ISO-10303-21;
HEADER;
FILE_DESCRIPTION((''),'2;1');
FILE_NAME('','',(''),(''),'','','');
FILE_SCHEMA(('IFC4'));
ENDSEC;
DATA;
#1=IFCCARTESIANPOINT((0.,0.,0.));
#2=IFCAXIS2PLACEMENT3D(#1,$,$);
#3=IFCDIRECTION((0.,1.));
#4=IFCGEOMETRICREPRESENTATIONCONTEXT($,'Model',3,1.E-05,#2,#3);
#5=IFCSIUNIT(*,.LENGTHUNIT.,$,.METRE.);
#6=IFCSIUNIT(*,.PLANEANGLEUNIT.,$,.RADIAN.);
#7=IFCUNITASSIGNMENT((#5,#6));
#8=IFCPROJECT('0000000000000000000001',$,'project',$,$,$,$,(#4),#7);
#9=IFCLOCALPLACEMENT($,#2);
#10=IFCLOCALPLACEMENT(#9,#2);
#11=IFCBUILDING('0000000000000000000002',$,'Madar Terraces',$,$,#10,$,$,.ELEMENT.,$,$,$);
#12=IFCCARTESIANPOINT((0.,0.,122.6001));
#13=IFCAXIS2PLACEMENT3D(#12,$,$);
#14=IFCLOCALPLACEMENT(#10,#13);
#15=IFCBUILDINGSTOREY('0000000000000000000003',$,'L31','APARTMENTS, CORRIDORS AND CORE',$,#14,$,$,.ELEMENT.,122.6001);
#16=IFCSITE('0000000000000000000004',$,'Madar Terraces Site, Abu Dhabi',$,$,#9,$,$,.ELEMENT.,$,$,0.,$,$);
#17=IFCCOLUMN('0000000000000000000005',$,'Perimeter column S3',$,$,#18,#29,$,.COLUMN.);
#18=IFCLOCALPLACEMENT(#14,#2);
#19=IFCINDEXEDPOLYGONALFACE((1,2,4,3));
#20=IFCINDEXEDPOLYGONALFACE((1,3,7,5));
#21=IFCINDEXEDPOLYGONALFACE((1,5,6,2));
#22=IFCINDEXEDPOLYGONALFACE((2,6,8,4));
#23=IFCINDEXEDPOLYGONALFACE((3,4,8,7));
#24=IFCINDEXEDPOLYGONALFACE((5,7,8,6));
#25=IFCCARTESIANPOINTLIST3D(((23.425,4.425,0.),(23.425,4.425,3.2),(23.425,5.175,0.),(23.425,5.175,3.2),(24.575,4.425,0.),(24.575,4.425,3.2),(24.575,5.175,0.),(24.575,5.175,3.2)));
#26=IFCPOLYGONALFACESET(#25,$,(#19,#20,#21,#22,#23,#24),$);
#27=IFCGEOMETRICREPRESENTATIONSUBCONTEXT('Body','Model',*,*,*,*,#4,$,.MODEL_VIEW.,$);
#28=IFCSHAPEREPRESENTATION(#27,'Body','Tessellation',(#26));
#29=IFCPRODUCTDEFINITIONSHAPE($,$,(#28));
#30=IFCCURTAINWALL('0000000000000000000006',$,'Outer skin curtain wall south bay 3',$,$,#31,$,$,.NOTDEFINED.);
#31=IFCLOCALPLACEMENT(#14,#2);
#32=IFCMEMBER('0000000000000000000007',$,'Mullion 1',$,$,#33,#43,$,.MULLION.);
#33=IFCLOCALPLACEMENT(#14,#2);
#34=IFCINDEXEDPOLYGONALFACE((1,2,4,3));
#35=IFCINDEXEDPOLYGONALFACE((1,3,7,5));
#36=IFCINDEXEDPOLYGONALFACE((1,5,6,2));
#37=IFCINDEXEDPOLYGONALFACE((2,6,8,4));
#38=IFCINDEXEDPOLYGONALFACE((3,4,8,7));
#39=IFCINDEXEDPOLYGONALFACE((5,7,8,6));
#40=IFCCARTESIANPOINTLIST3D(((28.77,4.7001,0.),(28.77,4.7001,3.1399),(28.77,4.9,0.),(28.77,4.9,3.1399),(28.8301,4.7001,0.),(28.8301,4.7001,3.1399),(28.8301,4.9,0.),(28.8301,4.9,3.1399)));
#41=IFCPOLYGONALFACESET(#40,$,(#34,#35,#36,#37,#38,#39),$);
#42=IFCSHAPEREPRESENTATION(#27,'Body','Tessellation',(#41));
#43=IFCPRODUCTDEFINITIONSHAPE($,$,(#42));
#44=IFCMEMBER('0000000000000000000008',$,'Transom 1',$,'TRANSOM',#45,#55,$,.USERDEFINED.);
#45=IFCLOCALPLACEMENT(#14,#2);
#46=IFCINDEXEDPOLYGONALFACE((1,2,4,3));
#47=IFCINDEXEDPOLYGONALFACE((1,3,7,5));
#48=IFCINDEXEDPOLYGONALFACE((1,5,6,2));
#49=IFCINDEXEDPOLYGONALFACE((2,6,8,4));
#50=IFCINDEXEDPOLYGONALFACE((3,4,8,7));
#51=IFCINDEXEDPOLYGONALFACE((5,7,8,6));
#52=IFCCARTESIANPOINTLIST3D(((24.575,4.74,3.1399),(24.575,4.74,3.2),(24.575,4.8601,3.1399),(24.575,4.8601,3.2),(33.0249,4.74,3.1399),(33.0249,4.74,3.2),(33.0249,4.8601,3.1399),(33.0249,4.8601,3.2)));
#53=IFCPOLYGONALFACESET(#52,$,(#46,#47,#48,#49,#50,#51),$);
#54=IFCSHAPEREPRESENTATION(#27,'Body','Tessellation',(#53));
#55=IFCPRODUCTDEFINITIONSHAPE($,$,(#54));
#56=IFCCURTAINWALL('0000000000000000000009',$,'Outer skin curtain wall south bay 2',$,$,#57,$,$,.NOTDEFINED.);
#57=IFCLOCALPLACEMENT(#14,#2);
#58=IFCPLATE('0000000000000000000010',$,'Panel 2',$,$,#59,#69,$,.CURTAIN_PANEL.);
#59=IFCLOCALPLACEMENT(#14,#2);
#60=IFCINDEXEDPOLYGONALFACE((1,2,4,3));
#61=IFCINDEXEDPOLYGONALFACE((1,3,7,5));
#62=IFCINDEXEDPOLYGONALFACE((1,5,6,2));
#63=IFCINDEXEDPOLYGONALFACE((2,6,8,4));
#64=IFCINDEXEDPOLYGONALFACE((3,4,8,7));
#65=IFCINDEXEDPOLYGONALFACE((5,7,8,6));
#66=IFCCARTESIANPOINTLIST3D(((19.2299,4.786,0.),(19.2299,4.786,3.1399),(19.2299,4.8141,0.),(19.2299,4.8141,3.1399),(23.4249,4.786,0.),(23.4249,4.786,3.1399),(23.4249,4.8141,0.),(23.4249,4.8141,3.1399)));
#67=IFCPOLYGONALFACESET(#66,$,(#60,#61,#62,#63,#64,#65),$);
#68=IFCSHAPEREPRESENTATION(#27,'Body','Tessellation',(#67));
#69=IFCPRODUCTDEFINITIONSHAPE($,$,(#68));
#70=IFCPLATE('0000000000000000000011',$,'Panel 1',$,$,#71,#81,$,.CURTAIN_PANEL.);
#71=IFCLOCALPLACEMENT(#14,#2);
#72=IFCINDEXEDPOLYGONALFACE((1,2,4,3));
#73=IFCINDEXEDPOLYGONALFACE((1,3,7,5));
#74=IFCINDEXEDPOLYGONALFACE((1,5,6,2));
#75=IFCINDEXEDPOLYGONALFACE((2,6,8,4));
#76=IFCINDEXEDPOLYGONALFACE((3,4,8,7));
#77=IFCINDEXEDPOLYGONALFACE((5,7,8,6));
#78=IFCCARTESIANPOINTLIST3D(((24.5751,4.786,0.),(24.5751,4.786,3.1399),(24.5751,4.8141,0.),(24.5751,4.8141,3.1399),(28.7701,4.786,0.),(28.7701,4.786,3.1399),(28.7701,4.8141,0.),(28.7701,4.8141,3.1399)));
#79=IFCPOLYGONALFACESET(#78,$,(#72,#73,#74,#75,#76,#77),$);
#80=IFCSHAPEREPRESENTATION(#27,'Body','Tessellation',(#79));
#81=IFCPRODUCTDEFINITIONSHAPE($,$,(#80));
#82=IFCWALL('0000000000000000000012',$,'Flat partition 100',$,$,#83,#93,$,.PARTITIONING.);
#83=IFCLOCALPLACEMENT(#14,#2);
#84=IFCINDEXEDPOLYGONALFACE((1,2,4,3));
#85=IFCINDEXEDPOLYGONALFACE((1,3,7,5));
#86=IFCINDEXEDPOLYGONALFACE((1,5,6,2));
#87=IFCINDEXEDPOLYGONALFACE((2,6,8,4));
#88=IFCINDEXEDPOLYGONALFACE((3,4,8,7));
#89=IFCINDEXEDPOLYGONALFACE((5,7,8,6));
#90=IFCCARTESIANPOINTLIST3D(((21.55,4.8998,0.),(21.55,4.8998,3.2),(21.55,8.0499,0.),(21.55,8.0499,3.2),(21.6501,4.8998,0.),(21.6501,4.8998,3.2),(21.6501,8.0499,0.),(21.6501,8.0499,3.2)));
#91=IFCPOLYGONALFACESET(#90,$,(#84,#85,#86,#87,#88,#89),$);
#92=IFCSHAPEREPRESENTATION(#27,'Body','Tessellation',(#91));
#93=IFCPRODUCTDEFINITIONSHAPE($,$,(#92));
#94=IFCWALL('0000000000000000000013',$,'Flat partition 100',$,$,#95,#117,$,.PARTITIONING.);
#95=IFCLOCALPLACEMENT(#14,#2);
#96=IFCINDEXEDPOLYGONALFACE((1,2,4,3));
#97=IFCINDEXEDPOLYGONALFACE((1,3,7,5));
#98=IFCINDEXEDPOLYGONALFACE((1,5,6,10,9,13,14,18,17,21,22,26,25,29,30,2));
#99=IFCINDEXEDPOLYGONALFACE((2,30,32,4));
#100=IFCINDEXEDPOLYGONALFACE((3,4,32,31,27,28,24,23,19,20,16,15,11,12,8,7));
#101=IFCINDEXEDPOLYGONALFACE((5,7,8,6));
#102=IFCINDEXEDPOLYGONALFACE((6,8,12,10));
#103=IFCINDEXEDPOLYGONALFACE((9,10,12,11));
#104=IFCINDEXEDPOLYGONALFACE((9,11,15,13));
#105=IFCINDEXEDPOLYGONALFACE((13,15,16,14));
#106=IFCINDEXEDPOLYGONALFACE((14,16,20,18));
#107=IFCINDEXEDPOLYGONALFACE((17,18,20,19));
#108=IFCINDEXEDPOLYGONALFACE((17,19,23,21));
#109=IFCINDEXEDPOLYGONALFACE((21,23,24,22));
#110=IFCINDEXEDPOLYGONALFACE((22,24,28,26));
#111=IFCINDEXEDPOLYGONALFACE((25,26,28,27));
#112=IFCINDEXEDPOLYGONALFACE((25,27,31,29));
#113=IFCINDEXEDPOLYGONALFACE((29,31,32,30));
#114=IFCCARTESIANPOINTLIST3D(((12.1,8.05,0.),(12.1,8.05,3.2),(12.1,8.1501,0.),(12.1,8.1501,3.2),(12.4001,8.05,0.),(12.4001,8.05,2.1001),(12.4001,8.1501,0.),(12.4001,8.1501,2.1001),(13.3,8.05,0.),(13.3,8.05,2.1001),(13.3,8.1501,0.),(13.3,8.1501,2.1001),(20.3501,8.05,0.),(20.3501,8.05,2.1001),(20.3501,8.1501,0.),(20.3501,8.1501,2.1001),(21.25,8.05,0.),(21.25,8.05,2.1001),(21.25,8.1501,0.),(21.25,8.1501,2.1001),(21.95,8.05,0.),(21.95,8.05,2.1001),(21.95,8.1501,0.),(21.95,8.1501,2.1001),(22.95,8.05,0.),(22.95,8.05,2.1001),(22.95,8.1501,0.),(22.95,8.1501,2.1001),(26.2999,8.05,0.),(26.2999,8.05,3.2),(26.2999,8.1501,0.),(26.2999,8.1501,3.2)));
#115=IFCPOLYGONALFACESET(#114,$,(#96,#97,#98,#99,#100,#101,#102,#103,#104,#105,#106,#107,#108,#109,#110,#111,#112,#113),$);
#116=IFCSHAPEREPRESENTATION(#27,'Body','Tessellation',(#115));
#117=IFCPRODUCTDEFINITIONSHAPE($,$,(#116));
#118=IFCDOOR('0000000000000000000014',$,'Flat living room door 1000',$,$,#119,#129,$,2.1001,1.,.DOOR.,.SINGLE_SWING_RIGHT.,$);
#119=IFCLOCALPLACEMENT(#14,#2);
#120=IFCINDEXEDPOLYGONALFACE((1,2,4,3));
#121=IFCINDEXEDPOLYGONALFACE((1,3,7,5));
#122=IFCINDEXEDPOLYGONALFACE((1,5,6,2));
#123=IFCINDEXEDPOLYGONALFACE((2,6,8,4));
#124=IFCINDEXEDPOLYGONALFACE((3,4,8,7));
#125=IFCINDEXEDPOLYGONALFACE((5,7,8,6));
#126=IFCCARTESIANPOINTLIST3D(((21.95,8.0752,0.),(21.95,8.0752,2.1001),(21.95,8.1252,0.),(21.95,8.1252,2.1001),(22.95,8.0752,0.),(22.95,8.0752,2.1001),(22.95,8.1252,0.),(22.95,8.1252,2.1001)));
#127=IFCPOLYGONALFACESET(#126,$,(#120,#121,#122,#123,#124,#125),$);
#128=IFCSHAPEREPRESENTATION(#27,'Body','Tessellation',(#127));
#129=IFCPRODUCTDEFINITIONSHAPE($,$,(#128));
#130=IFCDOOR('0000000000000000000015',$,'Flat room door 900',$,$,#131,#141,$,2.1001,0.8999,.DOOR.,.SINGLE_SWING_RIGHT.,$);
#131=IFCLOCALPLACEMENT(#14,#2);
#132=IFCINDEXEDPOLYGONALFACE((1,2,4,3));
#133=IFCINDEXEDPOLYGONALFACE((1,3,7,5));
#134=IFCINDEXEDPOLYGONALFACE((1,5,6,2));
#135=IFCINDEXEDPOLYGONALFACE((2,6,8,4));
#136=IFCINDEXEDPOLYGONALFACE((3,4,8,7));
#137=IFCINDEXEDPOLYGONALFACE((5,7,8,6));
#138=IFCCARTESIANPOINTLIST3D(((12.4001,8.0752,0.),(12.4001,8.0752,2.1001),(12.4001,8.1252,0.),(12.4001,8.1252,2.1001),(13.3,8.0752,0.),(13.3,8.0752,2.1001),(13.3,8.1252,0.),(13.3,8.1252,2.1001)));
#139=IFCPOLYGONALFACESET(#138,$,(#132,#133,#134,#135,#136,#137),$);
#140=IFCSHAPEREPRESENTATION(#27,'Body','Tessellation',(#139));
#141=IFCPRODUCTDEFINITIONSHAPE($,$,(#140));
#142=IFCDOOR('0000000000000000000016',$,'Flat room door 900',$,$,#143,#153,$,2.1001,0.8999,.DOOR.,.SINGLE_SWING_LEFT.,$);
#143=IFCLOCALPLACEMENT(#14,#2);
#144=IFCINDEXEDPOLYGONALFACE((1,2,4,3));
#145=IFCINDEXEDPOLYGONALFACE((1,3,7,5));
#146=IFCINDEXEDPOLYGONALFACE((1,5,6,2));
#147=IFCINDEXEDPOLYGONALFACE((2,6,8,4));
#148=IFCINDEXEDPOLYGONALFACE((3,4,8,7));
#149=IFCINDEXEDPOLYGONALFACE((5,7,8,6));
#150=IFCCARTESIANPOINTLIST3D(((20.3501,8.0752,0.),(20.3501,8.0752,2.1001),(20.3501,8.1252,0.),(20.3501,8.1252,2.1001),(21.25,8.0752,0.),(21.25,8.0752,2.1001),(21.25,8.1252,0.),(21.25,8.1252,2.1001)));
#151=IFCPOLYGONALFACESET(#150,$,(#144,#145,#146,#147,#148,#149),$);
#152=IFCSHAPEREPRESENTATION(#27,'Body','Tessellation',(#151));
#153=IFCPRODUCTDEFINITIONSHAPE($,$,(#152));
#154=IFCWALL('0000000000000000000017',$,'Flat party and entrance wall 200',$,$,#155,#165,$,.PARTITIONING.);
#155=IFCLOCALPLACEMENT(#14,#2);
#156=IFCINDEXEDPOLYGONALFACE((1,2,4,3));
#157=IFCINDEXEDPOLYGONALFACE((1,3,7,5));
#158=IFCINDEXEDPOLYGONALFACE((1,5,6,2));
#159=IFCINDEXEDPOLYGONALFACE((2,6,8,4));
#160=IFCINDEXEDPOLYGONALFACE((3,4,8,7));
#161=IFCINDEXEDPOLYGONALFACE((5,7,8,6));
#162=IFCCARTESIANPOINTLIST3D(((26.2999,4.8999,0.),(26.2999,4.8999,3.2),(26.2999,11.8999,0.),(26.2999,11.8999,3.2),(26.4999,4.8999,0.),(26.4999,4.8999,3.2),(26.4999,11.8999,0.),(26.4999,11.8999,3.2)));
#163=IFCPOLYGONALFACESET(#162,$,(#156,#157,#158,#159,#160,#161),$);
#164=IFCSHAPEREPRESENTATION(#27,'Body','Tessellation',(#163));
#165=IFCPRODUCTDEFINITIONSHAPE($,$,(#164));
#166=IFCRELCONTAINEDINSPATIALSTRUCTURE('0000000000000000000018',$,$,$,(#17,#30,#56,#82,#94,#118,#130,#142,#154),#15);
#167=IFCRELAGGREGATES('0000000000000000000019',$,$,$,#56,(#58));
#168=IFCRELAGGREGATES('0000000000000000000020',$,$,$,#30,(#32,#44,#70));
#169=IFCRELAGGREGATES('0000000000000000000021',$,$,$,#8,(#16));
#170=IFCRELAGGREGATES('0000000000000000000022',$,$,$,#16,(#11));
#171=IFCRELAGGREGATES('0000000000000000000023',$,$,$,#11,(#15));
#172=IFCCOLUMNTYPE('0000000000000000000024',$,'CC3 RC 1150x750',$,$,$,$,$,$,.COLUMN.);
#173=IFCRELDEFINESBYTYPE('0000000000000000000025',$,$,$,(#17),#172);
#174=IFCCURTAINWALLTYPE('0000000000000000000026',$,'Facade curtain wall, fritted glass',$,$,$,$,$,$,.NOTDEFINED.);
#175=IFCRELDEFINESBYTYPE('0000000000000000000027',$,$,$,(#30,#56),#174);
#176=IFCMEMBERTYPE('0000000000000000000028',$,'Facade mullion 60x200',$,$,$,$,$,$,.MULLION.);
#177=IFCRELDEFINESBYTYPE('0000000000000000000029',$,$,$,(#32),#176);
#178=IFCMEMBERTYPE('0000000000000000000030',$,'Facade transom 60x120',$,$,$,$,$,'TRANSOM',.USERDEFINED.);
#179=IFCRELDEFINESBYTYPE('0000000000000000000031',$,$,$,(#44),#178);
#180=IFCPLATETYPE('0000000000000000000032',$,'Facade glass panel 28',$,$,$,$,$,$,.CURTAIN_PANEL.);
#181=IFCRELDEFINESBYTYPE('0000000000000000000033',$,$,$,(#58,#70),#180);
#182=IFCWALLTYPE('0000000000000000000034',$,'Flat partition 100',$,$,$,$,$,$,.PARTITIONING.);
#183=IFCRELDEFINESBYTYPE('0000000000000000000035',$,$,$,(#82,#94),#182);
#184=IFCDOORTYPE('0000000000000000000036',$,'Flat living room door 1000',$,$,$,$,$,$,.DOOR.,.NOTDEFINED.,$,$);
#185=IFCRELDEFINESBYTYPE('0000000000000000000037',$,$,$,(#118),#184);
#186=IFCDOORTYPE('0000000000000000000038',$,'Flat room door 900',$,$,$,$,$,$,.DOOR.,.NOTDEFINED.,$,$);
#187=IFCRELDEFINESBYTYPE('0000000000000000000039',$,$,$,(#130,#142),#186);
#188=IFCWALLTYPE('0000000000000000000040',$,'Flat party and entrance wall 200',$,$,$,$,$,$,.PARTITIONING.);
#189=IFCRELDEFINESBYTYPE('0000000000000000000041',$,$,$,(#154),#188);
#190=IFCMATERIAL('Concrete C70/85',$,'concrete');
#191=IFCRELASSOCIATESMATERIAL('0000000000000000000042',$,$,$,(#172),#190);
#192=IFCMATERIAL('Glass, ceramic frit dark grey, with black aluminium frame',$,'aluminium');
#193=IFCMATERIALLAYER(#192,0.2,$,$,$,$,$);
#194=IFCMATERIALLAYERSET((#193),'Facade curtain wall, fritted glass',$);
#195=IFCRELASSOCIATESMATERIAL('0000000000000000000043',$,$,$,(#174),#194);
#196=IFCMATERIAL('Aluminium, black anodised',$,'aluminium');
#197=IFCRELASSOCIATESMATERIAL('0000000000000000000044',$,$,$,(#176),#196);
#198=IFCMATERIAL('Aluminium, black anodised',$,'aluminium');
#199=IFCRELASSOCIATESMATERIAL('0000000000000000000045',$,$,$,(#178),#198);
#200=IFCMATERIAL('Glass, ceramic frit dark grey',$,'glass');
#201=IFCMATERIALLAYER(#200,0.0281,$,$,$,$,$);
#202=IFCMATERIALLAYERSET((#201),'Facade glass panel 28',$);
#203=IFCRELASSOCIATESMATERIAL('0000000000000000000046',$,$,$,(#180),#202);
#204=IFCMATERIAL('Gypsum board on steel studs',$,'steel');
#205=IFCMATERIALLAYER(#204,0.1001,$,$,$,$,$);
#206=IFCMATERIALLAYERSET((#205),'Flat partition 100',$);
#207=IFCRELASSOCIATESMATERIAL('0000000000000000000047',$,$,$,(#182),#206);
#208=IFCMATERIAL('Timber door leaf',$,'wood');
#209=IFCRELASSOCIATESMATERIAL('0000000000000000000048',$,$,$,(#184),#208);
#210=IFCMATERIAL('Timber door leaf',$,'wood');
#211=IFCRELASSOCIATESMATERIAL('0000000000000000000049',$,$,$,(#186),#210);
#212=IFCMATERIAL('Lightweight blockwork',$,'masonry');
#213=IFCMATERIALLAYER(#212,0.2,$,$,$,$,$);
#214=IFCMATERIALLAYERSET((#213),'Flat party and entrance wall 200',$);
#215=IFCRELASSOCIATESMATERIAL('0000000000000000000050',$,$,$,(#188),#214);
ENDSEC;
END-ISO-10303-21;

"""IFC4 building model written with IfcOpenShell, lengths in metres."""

from ifc_helpers import new_model, si_unit, direction, frame, frame_2d, origin, origin_2d, place, context, subcontext, project, spatial, rectangle, extrude, material, layer, layer_set, material_profile, profile_set, type_object, element, fill, aggregate, save


model = new_model("IFC4")

# Units and contexts
model_context = context("Model", 3, precision=1e-05, world=origin(), true_north=direction((0.0, 1.0)))
body_context = subcontext(model_context, "Body", "Model", "MODEL_VIEW")
ifc_project = project(units=[si_unit("LENGTHUNIT", "METRE"), si_unit("PLANEANGLEUNIT", "RADIAN")], contexts=[model_context])

# Site, building, storey
site_placement = place(None, origin())
site = spatial("IfcSite", under=ifc_project, at=site_placement, Name="Madar Terraces Site, Abu Dhabi", CompositionType="ELEMENT", RefElevation=0.0)
building_placement = place(site_placement, origin())
building = spatial("IfcBuilding", under=site, at=building_placement, Name="Madar Terraces", CompositionType="ELEMENT")
storey_placement = place(building_placement, frame((0.0, 0.0, 122.6001)))
storey = spatial("IfcBuildingStorey", under=building, at=storey_placement, Name="L31", Description="APARTMENTS, CORRIDORS AND CORE", CompositionType="ELEMENT", Elevation=122.6001)

# Column
ifc_material_1 = material(Name="Concrete C70/85", Category="concrete")
ifc_material_profile_1 = material_profile(ifc_material_1, rectangle(XDim=1.1499, YDim=0.75, at=origin_2d()), Name="CC3 RC 1150x750")
ifc_profile_set_1 = profile_set([ifc_material_profile_1], Name="Concrete C70/85")
column_type = type_object("IfcColumnType", Name="CC3 RC 1150x750", PredefinedType="COLUMN", material=ifc_profile_set_1)
column_placement = place(storey_placement, frame((24.0, 4.8, 0.0), z_axis=(0.0, 0.0, 1.0), x_axis=(1.0, 0.0, 0.0)))
element("IfcColumn", 1, at=column_placement, inside=storey, type_object=column_type, Name="Perimeter column S3", PredefinedType="COLUMN", context=body_context, shape_type="SweptSolid", body=[
    extrude(rectangle(XDim=1.1499, YDim=0.75, at=origin_2d()), origin(), (0.0, 0.0, 1.0), 3.2),
])

# Curtain wall, members
ifc_material_2 = material(Name="Glass, ceramic frit dark grey, with black aluminium frame", Category="aluminium")
ifc_layer_1 = layer(ifc_material_2, 0.2)
ifc_layer_set_1 = layer_set([ifc_layer_1], Name="Facade curtain wall, fritted glass")
curtain_wall_type = type_object("IfcCurtainWallType", Name="Facade curtain wall, fritted glass", PredefinedType="NOTDEFINED", material=ifc_layer_set_1)
curtain_wall_1_placement = place(storey_placement, origin())
curtain_wall_1 = element("IfcCurtainWall", 2, at=curtain_wall_1_placement, inside=storey, type_object=curtain_wall_type, Name="Outer skin curtain wall south bay 3", PredefinedType="NOTDEFINED")
ifc_material_3 = material(Name="Aluminium, black anodised", Category="aluminium")
ifc_material_profile_2 = material_profile(ifc_material_3, rectangle(XDim=0.2, YDim=0.0601, at=origin_2d()), Name="Facade mullion 60x200")
ifc_profile_set_2 = profile_set([ifc_material_profile_2], Name="Aluminium, black anodised")
member_type_1 = type_object("IfcMemberType", Name="Facade mullion 60x200", PredefinedType="MULLION", material=ifc_profile_set_2)
member_1_placement = place(storey_placement, frame((28.8, 4.8, 0.0), z_axis=(0.0, 0.0, 1.0), x_axis=(0.0, 1.0, 0.0)))
member_1 = element("IfcMember", 3, at=member_1_placement, type_object=member_type_1, Name="Mullion 1", PredefinedType="MULLION", context=body_context, shape_type="SweptSolid", body=[
    extrude(rectangle(XDim=0.2, YDim=0.0601, at=origin_2d()), origin(), (0.0, 0.0, 1.0), 3.1399),
])
ifc_material_4 = material(Name="Aluminium, black anodised", Category="aluminium")
ifc_material_profile_3 = material_profile(ifc_material_4, rectangle(XDim=0.1201, YDim=0.0601, at=origin_2d()), Name="Facade transom 60x120")
ifc_profile_set_3 = profile_set([ifc_material_profile_3], Name="Aluminium, black anodised")
member_type_2 = type_object("IfcMemberType", Name="Facade transom 60x120", ElementType="TRANSOM", PredefinedType="USERDEFINED", material=ifc_profile_set_3)
member_2_placement = place(storey_placement, frame((24.575, 4.8, 3.1699), z_axis=(1.0, 0.0, 0.0), x_axis=(0.0, 1.0, 0.0)))
member_2 = element("IfcMember", 4, at=member_2_placement, type_object=member_type_2, Name="Transom 1", ObjectType="TRANSOM", PredefinedType="USERDEFINED", context=body_context, shape_type="SweptSolid", body=[
    extrude(rectangle(XDim=0.1201, YDim=0.0601, at=origin_2d()), origin(), (0.0, 0.0, 1.0), 8.45),
])

# Curtain wall, plate
curtain_wall_2_placement = place(storey_placement, origin())
curtain_wall_2 = element("IfcCurtainWall", 5, at=curtain_wall_2_placement, inside=storey, type_object=curtain_wall_type, Name="Outer skin curtain wall south bay 2", PredefinedType="NOTDEFINED")
ifc_material_5 = material(Name="Glass, ceramic frit dark grey", Category="glass")
ifc_layer_2 = layer(ifc_material_5, 0.0281)
ifc_layer_set_2 = layer_set([ifc_layer_2], Name="Facade glass panel 28")
plate_type = type_object("IfcPlateType", Name="Facade glass panel 28", PredefinedType="CURTAIN_PANEL", material=ifc_layer_set_2)
plate_1_placement = place(storey_placement, frame((21.3274, 4.8, 0.0), z_axis=(0.0, 0.0, 1.0), x_axis=(1.0, 0.0, 0.0)))
plate_1 = element("IfcPlate", 6, at=plate_1_placement, type_object=plate_type, Name="Panel 2", PredefinedType="CURTAIN_PANEL", context=body_context, shape_type="SweptSolid", body=[
    extrude(rectangle(XDim=4.1951, YDim=0.0281, at=origin_2d()), origin(), (0.0, 0.0, 1.0), 3.1399),
])
aggregate(curtain_wall_2, [plate_1])

# Plate
plate_2_placement = place(storey_placement, frame((26.6726, 4.8, 0.0), z_axis=(0.0, 0.0, 1.0), x_axis=(1.0, 0.0, 0.0)))
plate_2 = element("IfcPlate", 7, at=plate_2_placement, type_object=plate_type, Name="Panel 1", PredefinedType="CURTAIN_PANEL", context=body_context, shape_type="SweptSolid", body=[
    extrude(rectangle(XDim=4.1951, YDim=0.0281, at=origin_2d()), origin(), (0.0, 0.0, 1.0), 3.1399),
])
aggregate(curtain_wall_1, [member_1, member_2, plate_2])

# Wall
ifc_material_6 = material(Name="Gypsum board on steel studs", Category="steel")
ifc_layer_3 = layer(ifc_material_6, 0.1001)
ifc_layer_set_3 = layer_set([ifc_layer_3], Name="Flat partition 100")
wall_type_1 = type_object("IfcWallType", Name="Flat partition 100", PredefinedType="PARTITIONING", material=ifc_layer_set_3)
wall_1_placement = place(storey_placement, frame((21.6001, 8.05, 0.0), z_axis=(0.0, 0.0, 1.0), x_axis=(0.0, -1.0, 0.0)))
element("IfcWall", 8, at=wall_1_placement, inside=storey, type_object=wall_type_1, Name="Flat partition 100", PredefinedType="PARTITIONING", context=body_context, shape_type="SweptSolid", body=[
    extrude(rectangle(XDim=3.1501, YDim=0.1001, at=frame_2d((1.5752, 0.0))), origin(), (0.0, 0.0, 1.0), 3.2),
])

# Wall, openings, doors
wall_2_placement = place(storey_placement, frame((26.3, 8.1001, 0.0), z_axis=(0.0, 0.0, 1.0), x_axis=(-1.0, 0.0, 0.0)))
wall_2 = element("IfcWall", 9, at=wall_2_placement, inside=storey, type_object=wall_type_1, Name="Flat partition 100", PredefinedType="PARTITIONING", context=body_context, shape_type="SweptSolid", body=[
    extrude(rectangle(XDim=14.2, YDim=0.1001, at=frame_2d((7.1001, 0.0))), origin(), (0.0, 0.0, 1.0), 3.2),
])
opening_1_placement = place(wall_2_placement, frame((13.0, 0.0, 0.0)))
opening_1 = element("IfcOpeningElement", 10, at=opening_1_placement, cuts=wall_2, PredefinedType="OPENING", context=body_context, shape_type="SweptSolid", body=[
    extrude(rectangle(XDim=0.8999, YDim=2.1001, at=frame_2d((0.45, 1.05))), frame((0.0, 0.0601, 0.0), z_axis=(0.0, -1.0, 0.0), x_axis=(1.0, 0.0, 0.0)), (0.0, 0.0, 1.0), 0.1201),
])
opening_2_placement = place(wall_2_placement, frame((5.05, 0.0, 0.0)))
opening_2 = element("IfcOpeningElement", 11, at=opening_2_placement, cuts=wall_2, PredefinedType="OPENING", context=body_context, shape_type="SweptSolid", body=[
    extrude(rectangle(XDim=0.8999, YDim=2.1001, at=frame_2d((0.45, 1.05))), frame((0.0, 0.0601, 0.0), z_axis=(0.0, -1.0, 0.0), x_axis=(1.0, 0.0, 0.0)), (0.0, 0.0, 1.0), 0.1201),
])
opening_3_placement = place(wall_2_placement, frame((3.3501, 0.0, 0.0)))
opening_3 = element("IfcOpeningElement", 12, at=opening_3_placement, cuts=wall_2, PredefinedType="OPENING", context=body_context, shape_type="SweptSolid", body=[
    extrude(rectangle(XDim=1.0, YDim=2.1001, at=frame_2d((0.5, 1.05))), frame((0.0, 0.0601, 0.0), z_axis=(0.0, -1.0, 0.0), x_axis=(1.0, 0.0, 0.0)), (0.0, 0.0, 1.0), 0.1201),
])
ifc_material_7 = material(Name="Timber door leaf", Category="wood")
door_type_1 = type_object("IfcDoorType", Name="Flat living room door 1000", OperationType="NOTDEFINED", PredefinedType="DOOR", material=ifc_material_7)
door_1_placement = place(opening_3_placement, origin())
door_1 = element("IfcDoor", 13, at=door_1_placement, inside=storey, type_object=door_type_1, Name="Flat living room door 1000", OperationType="SINGLE_SWING_RIGHT", OverallHeight=2.1001, OverallWidth=1.0, PredefinedType="DOOR", context=body_context, shape_type="SweptSolid", body=[
    extrude(rectangle(XDim=1.0, YDim=2.1001, at=frame_2d((0.5, 1.05))), frame((0.0, 0.0249, 0.0), z_axis=(0.0, -1.0, 0.0), x_axis=(1.0, 0.0, 0.0)), (0.0, 0.0, 1.0), 0.05),
])
fill(opening_3, door_1)
ifc_material_8 = material(Name="Timber door leaf", Category="wood")
door_type_2 = type_object("IfcDoorType", Name="Flat room door 900", OperationType="NOTDEFINED", PredefinedType="DOOR", material=ifc_material_8)
door_2_placement = place(opening_1_placement, origin())
door_2 = element("IfcDoor", 14, at=door_2_placement, inside=storey, type_object=door_type_2, Name="Flat room door 900", OperationType="SINGLE_SWING_RIGHT", OverallHeight=2.1001, OverallWidth=0.8999, PredefinedType="DOOR", context=body_context, shape_type="SweptSolid", body=[
    extrude(rectangle(XDim=0.8999, YDim=2.1001, at=frame_2d((0.45, 1.05))), frame((0.0, 0.0249, 0.0), z_axis=(0.0, -1.0, 0.0), x_axis=(1.0, 0.0, 0.0)), (0.0, 0.0, 1.0), 0.05),
])
fill(opening_1, door_2)
door_3_placement = place(opening_2_placement, origin())
door_3 = element("IfcDoor", 15, at=door_3_placement, inside=storey, type_object=door_type_2, Name="Flat room door 900", OperationType="SINGLE_SWING_LEFT", OverallHeight=2.1001, OverallWidth=0.8999, PredefinedType="DOOR", context=body_context, shape_type="SweptSolid", body=[
    extrude(rectangle(XDim=0.8999, YDim=2.1001, at=frame_2d((0.45, 1.05))), frame((0.0, 0.0249, 0.0), z_axis=(0.0, -1.0, 0.0), x_axis=(1.0, 0.0, 0.0)), (0.0, 0.0, 1.0), 0.05),
])
fill(opening_2, door_3)

# Wall
ifc_material_9 = material(Name="Lightweight blockwork", Category="masonry")
ifc_layer_4 = layer(ifc_material_9, 0.2)
ifc_layer_set_4 = layer_set([ifc_layer_4], Name="Flat party and entrance wall 200")
wall_type_2 = type_object("IfcWallType", Name="Flat party and entrance wall 200", PredefinedType="PARTITIONING", material=ifc_layer_set_4)
wall_3_placement = place(storey_placement, frame((26.3999, 11.8999, 0.0), z_axis=(0.0, 0.0, 1.0), x_axis=(0.0, -1.0, 0.0)))
element("IfcWall", 16, at=wall_3_placement, inside=storey, type_object=wall_type_2, Name="Flat party and entrance wall 200", PredefinedType="PARTITIONING", context=body_context, shape_type="SweptSolid", body=[
    extrude(rectangle(XDim=7.0, YDim=0.2, at=frame_2d((3.5, 0.0))), origin(), (0.0, 0.0, 1.0), 3.2),
])

save(model, "model.ifc")
